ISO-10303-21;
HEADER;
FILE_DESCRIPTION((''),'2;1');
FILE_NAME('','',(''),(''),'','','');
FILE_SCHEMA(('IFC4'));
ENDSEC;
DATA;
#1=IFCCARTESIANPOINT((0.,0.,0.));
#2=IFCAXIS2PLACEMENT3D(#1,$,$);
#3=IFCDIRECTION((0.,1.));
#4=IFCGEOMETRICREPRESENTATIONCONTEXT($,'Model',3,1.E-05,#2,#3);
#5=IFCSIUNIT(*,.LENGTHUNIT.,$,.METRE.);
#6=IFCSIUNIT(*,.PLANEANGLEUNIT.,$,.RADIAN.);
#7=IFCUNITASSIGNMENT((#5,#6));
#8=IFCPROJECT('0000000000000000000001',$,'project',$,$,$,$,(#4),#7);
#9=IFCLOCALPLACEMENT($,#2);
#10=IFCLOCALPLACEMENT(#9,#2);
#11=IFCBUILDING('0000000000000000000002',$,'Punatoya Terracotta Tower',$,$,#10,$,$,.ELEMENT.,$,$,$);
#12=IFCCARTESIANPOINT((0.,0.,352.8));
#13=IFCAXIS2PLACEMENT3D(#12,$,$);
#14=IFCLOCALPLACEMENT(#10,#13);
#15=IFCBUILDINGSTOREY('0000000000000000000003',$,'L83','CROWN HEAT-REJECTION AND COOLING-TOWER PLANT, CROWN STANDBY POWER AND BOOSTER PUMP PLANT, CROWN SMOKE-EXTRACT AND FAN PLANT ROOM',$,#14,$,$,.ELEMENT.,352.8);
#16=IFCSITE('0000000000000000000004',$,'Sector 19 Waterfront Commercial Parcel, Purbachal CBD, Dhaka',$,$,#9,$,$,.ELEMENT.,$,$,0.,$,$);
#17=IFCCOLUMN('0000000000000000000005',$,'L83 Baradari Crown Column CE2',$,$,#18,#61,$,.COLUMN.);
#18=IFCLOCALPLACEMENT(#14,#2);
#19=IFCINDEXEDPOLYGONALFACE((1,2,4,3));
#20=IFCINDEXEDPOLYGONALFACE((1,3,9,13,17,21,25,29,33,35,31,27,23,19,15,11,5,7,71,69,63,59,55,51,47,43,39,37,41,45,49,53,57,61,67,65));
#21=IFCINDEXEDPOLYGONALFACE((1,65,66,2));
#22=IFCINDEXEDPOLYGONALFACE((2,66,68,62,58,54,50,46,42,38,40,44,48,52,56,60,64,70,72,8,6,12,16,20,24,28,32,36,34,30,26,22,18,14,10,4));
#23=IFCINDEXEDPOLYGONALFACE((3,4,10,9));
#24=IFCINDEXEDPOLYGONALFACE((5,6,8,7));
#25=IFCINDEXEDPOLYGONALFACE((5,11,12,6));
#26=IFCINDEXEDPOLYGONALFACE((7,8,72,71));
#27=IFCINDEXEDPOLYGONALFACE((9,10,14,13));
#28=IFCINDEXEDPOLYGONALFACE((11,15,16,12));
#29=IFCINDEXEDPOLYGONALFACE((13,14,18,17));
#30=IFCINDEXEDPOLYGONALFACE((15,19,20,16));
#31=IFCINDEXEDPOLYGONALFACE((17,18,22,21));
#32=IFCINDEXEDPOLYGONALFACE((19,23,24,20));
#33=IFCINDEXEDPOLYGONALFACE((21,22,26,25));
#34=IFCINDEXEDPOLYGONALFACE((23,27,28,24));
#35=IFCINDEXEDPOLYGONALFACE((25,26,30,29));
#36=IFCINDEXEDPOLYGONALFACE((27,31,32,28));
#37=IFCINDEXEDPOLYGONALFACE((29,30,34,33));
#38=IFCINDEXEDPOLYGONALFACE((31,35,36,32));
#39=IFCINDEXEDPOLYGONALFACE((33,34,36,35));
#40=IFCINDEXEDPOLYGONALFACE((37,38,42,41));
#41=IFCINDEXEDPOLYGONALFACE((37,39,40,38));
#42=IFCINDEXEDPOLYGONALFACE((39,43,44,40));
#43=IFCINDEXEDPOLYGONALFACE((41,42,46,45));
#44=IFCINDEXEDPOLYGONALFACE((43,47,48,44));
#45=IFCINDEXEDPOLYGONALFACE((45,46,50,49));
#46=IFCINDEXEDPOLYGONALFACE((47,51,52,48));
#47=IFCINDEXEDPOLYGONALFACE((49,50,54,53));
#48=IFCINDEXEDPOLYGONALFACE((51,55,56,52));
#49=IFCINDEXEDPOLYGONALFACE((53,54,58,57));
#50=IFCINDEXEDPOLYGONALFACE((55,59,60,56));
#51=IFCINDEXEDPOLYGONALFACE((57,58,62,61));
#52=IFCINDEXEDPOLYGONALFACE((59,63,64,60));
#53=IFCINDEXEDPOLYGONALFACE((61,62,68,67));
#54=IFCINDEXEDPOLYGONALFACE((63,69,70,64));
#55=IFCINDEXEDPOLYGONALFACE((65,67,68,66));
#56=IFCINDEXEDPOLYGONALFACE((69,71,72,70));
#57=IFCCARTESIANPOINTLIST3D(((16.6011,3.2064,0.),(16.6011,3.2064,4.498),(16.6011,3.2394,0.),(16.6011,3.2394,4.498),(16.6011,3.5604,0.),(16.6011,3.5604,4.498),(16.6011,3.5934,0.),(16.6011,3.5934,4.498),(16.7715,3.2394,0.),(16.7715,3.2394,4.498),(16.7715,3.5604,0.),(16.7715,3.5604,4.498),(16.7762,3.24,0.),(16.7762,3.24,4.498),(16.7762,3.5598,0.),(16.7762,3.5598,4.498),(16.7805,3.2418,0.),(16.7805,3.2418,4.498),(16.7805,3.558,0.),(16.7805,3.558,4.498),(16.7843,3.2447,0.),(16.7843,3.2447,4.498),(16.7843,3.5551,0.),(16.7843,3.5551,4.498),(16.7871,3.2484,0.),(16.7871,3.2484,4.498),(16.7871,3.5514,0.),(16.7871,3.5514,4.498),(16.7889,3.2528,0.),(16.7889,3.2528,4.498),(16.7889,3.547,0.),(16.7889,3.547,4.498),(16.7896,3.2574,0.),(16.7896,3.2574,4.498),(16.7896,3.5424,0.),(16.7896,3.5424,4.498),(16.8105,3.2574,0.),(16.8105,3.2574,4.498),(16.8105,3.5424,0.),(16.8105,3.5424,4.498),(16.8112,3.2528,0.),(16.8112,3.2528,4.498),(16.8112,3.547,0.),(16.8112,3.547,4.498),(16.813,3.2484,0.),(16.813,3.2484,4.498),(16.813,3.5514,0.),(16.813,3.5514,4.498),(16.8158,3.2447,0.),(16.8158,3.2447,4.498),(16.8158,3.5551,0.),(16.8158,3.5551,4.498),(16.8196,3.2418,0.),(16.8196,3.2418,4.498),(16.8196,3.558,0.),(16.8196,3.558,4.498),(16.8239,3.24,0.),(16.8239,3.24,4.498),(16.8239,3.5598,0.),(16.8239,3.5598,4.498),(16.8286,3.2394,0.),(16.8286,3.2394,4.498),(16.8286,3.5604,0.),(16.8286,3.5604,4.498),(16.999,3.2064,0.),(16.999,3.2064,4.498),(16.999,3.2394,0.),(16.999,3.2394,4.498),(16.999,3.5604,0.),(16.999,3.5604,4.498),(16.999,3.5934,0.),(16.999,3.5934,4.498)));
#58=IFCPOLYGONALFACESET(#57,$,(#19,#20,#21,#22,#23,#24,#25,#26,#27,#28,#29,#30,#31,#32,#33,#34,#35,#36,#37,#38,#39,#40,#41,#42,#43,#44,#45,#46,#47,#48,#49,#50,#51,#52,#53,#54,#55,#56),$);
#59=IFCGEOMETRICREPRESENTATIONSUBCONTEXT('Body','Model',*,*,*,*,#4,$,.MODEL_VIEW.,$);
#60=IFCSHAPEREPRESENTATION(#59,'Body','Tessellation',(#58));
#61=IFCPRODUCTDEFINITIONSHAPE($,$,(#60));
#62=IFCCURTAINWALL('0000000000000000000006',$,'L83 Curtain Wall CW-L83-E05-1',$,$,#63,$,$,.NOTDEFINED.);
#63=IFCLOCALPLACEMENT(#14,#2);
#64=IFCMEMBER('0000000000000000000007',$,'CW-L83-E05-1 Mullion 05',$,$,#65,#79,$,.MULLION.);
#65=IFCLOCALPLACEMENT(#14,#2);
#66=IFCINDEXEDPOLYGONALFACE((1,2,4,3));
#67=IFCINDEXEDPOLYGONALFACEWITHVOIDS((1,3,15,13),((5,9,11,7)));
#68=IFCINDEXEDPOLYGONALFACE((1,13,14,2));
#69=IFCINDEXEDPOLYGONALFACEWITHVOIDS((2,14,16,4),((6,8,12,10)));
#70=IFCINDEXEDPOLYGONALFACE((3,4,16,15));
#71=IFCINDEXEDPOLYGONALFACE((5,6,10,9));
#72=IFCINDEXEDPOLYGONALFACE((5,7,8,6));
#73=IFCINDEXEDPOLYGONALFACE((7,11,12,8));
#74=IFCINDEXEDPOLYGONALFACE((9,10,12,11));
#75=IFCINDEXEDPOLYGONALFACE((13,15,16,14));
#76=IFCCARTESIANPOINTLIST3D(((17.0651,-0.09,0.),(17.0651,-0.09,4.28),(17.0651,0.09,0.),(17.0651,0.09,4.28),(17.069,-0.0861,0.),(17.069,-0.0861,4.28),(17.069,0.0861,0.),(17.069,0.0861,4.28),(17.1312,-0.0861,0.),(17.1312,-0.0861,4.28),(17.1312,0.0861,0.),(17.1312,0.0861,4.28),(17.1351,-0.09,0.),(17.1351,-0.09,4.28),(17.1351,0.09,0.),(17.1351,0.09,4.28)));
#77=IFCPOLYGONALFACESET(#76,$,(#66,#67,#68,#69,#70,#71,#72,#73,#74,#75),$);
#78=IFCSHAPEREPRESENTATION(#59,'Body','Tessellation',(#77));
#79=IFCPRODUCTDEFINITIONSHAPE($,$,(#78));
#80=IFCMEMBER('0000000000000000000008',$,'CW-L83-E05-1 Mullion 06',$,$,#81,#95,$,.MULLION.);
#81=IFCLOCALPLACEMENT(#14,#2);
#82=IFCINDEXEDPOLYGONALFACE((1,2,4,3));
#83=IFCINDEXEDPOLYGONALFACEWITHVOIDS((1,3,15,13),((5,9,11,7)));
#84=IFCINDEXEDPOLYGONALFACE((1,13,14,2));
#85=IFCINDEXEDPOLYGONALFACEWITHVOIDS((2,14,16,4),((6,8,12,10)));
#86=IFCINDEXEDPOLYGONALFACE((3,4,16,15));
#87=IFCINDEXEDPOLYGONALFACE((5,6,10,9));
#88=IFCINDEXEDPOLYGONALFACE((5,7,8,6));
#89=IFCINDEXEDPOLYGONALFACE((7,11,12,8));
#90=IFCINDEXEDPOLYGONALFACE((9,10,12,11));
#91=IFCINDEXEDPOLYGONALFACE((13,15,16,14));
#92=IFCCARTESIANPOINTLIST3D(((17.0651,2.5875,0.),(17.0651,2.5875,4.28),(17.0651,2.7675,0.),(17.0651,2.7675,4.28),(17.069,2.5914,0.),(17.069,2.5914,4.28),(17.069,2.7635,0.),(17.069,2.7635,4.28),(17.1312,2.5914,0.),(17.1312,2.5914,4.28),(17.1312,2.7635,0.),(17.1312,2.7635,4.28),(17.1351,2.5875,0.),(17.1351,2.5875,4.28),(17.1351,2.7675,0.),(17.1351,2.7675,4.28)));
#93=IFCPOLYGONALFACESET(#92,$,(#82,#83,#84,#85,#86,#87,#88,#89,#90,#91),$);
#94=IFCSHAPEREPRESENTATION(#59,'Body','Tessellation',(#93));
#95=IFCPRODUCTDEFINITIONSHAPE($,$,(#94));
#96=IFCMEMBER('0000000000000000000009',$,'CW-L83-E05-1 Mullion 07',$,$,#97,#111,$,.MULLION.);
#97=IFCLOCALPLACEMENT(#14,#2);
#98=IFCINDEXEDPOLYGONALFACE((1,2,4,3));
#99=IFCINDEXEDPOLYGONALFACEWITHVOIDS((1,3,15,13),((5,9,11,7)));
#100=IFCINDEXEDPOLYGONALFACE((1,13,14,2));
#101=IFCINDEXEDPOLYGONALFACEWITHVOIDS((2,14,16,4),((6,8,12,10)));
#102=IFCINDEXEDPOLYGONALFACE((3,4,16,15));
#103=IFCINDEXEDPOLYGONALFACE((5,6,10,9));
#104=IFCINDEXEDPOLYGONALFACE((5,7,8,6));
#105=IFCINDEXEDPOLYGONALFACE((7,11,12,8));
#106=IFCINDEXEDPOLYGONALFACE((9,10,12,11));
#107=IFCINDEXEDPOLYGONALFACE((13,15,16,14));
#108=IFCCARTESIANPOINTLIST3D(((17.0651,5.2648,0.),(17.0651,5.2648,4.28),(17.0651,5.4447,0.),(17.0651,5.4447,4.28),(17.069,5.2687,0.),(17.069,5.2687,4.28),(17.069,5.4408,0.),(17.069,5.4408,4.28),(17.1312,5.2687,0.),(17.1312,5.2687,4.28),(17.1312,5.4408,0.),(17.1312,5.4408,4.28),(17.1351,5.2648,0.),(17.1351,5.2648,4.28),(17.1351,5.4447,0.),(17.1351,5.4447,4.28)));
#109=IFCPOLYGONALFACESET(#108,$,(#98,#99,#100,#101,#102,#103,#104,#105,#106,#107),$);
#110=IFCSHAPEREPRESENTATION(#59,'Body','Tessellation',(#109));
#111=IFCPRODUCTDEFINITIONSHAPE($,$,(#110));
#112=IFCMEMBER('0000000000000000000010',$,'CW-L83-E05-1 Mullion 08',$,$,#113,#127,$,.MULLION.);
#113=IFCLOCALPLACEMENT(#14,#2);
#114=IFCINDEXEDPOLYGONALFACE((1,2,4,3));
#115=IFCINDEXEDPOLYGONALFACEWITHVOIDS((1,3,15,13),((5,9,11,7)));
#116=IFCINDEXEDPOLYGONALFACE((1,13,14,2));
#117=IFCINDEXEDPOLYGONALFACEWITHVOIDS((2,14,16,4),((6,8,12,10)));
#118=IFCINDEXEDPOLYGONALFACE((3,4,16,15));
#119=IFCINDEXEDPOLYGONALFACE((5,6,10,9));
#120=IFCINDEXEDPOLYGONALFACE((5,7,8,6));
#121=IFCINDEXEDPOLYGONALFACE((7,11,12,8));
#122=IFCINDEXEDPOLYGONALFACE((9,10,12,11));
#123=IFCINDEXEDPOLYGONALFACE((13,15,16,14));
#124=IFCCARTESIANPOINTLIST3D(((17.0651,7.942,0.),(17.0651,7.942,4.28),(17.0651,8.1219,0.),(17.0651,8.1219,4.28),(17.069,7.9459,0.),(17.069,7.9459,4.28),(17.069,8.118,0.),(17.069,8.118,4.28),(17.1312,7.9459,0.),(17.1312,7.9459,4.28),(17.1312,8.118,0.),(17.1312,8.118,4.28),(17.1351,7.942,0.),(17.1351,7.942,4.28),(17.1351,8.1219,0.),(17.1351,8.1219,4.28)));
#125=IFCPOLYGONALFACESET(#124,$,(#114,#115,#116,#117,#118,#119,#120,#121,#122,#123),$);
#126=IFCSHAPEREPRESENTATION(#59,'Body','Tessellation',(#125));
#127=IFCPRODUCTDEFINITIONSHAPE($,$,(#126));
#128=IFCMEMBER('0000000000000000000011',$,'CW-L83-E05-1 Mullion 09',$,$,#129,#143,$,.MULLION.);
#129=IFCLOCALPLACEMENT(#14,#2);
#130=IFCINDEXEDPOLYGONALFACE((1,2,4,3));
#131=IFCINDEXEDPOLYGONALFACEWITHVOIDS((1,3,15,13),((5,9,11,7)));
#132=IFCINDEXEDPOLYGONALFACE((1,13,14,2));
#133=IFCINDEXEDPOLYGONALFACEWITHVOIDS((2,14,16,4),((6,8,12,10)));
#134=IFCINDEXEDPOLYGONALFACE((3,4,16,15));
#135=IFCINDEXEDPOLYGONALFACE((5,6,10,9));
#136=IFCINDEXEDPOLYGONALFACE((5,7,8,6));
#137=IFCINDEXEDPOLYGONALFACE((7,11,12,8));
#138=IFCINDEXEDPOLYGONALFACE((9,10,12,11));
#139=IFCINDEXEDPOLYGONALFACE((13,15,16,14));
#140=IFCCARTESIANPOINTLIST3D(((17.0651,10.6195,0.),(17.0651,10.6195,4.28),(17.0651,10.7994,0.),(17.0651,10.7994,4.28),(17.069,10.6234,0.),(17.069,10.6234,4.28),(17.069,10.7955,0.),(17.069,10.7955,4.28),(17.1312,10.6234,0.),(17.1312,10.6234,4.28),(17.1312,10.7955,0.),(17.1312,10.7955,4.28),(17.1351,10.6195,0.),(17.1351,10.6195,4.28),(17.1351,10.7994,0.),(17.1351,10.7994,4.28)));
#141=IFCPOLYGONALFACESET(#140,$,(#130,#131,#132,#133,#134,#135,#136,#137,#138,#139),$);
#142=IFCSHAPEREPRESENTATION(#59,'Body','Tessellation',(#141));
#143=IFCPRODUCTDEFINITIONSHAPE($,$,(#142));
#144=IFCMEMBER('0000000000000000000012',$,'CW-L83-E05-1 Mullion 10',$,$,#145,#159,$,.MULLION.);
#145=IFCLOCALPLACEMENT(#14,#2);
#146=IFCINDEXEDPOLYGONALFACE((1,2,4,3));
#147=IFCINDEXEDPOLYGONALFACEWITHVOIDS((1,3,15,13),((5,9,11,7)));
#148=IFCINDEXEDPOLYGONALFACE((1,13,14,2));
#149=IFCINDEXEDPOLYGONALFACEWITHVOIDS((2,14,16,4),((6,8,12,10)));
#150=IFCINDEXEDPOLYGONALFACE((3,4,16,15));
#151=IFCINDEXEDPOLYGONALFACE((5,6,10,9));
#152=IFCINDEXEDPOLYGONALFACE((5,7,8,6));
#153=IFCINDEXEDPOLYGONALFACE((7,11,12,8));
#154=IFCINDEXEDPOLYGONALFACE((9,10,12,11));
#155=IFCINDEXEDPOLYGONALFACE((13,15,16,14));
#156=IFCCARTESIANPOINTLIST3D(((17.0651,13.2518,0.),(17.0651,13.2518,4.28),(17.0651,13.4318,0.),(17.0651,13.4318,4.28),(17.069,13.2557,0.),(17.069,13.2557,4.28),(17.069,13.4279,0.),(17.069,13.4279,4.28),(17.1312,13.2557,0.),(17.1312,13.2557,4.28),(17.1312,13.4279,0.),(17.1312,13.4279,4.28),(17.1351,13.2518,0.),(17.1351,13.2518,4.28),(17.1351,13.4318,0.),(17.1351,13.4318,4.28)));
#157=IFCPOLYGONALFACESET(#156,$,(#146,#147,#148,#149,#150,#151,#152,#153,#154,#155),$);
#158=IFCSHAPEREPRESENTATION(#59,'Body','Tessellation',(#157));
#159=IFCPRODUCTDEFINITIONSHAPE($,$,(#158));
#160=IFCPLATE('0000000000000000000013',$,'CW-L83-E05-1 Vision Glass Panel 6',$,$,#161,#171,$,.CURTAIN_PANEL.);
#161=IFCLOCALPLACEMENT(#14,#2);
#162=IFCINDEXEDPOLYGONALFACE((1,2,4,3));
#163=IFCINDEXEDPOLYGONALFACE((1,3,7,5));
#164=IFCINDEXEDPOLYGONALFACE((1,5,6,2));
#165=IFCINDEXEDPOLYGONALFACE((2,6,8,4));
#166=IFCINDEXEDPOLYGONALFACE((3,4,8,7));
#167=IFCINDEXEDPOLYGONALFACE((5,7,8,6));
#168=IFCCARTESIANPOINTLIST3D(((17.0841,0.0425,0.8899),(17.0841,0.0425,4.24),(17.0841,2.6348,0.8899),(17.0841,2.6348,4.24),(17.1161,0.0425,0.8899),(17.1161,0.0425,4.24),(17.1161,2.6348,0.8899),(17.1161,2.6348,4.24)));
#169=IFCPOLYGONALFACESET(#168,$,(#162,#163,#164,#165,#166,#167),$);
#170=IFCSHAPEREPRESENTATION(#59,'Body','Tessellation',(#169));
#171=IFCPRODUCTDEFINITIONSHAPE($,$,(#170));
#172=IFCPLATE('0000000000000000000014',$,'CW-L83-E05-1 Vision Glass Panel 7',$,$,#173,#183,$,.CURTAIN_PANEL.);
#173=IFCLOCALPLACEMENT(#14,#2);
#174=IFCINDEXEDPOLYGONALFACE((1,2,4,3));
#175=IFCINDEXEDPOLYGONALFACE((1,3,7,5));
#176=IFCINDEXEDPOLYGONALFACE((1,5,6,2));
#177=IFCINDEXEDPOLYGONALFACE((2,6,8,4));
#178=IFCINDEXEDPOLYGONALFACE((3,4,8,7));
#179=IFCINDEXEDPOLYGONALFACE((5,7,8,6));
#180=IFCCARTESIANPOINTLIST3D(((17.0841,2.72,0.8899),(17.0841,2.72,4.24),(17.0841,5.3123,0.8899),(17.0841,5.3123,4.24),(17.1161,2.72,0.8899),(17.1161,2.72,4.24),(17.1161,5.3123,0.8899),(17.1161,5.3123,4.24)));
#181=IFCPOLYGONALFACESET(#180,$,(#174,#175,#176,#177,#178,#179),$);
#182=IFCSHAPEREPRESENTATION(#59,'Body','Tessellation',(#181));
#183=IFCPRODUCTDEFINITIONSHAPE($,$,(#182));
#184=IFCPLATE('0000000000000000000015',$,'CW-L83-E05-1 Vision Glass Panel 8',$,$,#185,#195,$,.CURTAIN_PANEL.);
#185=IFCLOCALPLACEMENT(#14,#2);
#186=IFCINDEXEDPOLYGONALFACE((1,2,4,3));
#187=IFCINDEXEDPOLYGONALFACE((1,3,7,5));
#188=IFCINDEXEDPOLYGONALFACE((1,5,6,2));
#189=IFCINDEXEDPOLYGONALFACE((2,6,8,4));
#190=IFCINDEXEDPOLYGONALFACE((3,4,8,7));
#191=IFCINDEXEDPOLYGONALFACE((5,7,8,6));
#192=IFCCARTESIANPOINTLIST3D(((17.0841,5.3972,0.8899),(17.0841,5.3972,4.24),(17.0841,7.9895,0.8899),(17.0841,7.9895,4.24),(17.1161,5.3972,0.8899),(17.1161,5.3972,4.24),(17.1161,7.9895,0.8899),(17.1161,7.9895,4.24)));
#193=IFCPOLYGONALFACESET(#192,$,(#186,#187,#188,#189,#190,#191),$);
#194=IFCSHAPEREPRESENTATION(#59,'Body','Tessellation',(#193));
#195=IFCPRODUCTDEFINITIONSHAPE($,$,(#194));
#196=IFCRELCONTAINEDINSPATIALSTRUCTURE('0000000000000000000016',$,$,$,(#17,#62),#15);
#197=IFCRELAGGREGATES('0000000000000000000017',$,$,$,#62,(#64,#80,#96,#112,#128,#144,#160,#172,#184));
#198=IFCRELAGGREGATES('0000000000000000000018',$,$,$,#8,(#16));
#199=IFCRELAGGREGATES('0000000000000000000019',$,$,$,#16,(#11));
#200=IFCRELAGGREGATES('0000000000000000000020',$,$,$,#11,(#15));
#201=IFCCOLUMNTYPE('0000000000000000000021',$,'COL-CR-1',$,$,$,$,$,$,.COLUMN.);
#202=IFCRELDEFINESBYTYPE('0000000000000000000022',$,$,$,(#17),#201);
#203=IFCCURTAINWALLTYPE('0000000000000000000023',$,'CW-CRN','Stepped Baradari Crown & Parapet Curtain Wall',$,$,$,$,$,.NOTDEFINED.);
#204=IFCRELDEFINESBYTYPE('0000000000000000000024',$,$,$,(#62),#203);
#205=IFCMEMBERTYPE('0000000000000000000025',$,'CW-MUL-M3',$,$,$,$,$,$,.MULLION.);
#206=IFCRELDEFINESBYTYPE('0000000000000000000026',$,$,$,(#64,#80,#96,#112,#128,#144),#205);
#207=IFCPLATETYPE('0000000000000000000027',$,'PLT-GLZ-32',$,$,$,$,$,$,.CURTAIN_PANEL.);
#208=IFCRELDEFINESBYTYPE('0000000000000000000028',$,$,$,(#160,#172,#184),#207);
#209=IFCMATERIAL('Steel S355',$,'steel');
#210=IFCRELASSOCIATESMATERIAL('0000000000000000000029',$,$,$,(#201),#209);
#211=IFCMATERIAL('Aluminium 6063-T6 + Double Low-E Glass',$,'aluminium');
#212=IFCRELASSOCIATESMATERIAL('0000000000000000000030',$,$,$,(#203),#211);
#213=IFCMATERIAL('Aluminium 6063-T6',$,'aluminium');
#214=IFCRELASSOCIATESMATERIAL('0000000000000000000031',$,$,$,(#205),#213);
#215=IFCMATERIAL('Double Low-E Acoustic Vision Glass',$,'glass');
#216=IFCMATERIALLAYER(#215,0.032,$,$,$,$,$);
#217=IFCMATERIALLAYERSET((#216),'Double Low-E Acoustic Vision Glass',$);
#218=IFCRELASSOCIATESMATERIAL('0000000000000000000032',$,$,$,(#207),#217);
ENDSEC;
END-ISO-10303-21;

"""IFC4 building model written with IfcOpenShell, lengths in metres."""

from ifc_helpers import new_model, si_unit, direction, frame, origin, origin_2d, place, context, subcontext, project, spatial, rectangle, hollow_rectangle, i_section, extrude, material, layer, layer_set, material_profile, profile_set, type_object, element, aggregate, save


model = new_model("IFC4")

# Units and contexts
model_context = context("Model", 3, precision=1e-05, world=origin(), true_north=direction((0.0, 1.0)))
body_context = subcontext(model_context, "Body", "Model", "MODEL_VIEW")
ifc_project = project(units=[si_unit("LENGTHUNIT", "METRE"), si_unit("PLANEANGLEUNIT", "RADIAN")], contexts=[model_context])

# Site, building, storey
site_placement = place(None, origin())
site = spatial("IfcSite", under=ifc_project, at=site_placement, Name="Sector 19 Waterfront Commercial Parcel, Purbachal CBD, Dhaka", CompositionType="ELEMENT", RefElevation=0.0)
building_placement = place(site_placement, origin())
building = spatial("IfcBuilding", under=site, at=building_placement, Name="Punatoya Terracotta Tower", CompositionType="ELEMENT")
storey_placement = place(building_placement, frame((0.0, 0.0, 352.8)))
storey = spatial("IfcBuildingStorey", under=building, at=storey_placement, Name="L83", Description="CROWN HEAT-REJECTION AND COOLING-TOWER PLANT, CROWN STANDBY POWER AND BOOSTER PUMP PLANT, CROWN SMOKE-EXTRACT AND FAN PLANT ROOM", CompositionType="ELEMENT", Elevation=352.8)

# Column
ifc_material_1 = material(Name="Steel S355", Category="steel")
ifc_material_profile_1 = material_profile(ifc_material_1, i_section(OverallWidth=0.3979, OverallDepth=0.387, WebThickness=0.021, FlangeThickness=0.033, FilletRadius=0.0181, at=origin_2d()))
ifc_profile_set_1 = profile_set([ifc_material_profile_1], Name="Steel S355")
column_type = type_object("IfcColumnType", Name="COL-CR-1", PredefinedType="COLUMN", material=ifc_profile_set_1)
column_placement = place(storey_placement, frame((16.8, 3.3999, 0.0), z_axis=(0.0, 0.0, 1.0), x_axis=(1.0, 0.0, 0.0)))
element("IfcColumn", 1, at=column_placement, inside=storey, type_object=column_type, Name="L83 Baradari Crown Column CE2", PredefinedType="COLUMN", context=body_context, shape_type="SweptSolid", body=[
    extrude(i_section(OverallWidth=0.3979, OverallDepth=0.387, WebThickness=0.021, FlangeThickness=0.033, FilletRadius=0.0181, at=origin_2d()), origin(), (0.0, 0.0, 1.0), 4.498),
])

# Curtain wall, members, plates
ifc_material_2 = material(Name="Aluminium 6063-T6 + Double Low-E Glass", Category="aluminium")
curtain_wall_type = type_object("IfcCurtainWallType", Name="CW-CRN", Description="Stepped Baradari Crown & Parapet Curtain Wall", PredefinedType="NOTDEFINED", material=ifc_material_2)
curtain_wall_placement = place(storey_placement, origin())
curtain_wall = element("IfcCurtainWall", 2, at=curtain_wall_placement, inside=storey, type_object=curtain_wall_type, Name="L83 Curtain Wall CW-L83-E05-1", PredefinedType="NOTDEFINED")
ifc_material_3 = material(Name="Aluminium 6063-T6", Category="aluminium")
ifc_material_profile_2 = material_profile(ifc_material_3, hollow_rectangle(XDim=0.0701, YDim=0.1799, WallThickness=0.0039, at=origin_2d()))
ifc_profile_set_2 = profile_set([ifc_material_profile_2], Name="Aluminium 6063-T6")
member_type = type_object("IfcMemberType", Name="CW-MUL-M3", PredefinedType="MULLION", material=ifc_profile_set_2)
member_1_placement = place(storey_placement, frame((17.1001, 0.0, 0.0), z_axis=(0.0, 0.0, 1.0), x_axis=(1.0, 0.0, 0.0)))
member_1 = element("IfcMember", 3, at=member_1_placement, type_object=member_type, Name="CW-L83-E05-1 Mullion 05", PredefinedType="MULLION", context=body_context, shape_type="SweptSolid", body=[
    extrude(hollow_rectangle(XDim=0.0701, YDim=0.1799, WallThickness=0.0039, at=origin_2d()), origin(), (0.0, 0.0, 1.0), 4.28),
])
member_2_placement = place(storey_placement, frame((17.1001, 2.6775, 0.0), z_axis=(0.0, 0.0, 1.0), x_axis=(1.0, 0.0, 0.0)))
member_2 = element("IfcMember", 4, at=member_2_placement, type_object=member_type, Name="CW-L83-E05-1 Mullion 06", PredefinedType="MULLION", context=body_context, shape_type="SweptSolid", body=[
    extrude(hollow_rectangle(XDim=0.0701, YDim=0.1799, WallThickness=0.0039, at=origin_2d()), origin(), (0.0, 0.0, 1.0), 4.28),
])
member_3_placement = place(storey_placement, frame((17.1001, 5.3547, 0.0), z_axis=(0.0, 0.0, 1.0), x_axis=(1.0, 0.0, 0.0)))
member_3 = element("IfcMember", 5, at=member_3_placement, type_object=member_type, Name="CW-L83-E05-1 Mullion 07", PredefinedType="MULLION", context=body_context, shape_type="SweptSolid", body=[
    extrude(hollow_rectangle(XDim=0.0701, YDim=0.1799, WallThickness=0.0039, at=origin_2d()), origin(), (0.0, 0.0, 1.0), 4.28),
])
member_4_placement = place(storey_placement, frame((17.1001, 8.032, 0.0), z_axis=(0.0, 0.0, 1.0), x_axis=(1.0, 0.0, 0.0)))
member_4 = element("IfcMember", 6, at=member_4_placement, type_object=member_type, Name="CW-L83-E05-1 Mullion 08", PredefinedType="MULLION", context=body_context, shape_type="SweptSolid", body=[
    extrude(hollow_rectangle(XDim=0.0701, YDim=0.1799, WallThickness=0.0039, at=origin_2d()), origin(), (0.0, 0.0, 1.0), 4.28),
])
member_5_placement = place(storey_placement, frame((17.1001, 10.7095, 0.0), z_axis=(0.0, 0.0, 1.0), x_axis=(1.0, 0.0, 0.0)))
member_5 = element("IfcMember", 7, at=member_5_placement, type_object=member_type, Name="CW-L83-E05-1 Mullion 09", PredefinedType="MULLION", context=body_context, shape_type="SweptSolid", body=[
    extrude(hollow_rectangle(XDim=0.0701, YDim=0.1799, WallThickness=0.0039, at=origin_2d()), origin(), (0.0, 0.0, 1.0), 4.28),
])
member_6_placement = place(storey_placement, frame((17.1001, 13.3418, 0.0), z_axis=(0.0, 0.0, 1.0), x_axis=(1.0, 0.0, 0.0)))
member_6 = element("IfcMember", 8, at=member_6_placement, type_object=member_type, Name="CW-L83-E05-1 Mullion 10", PredefinedType="MULLION", context=body_context, shape_type="SweptSolid", body=[
    extrude(hollow_rectangle(XDim=0.0701, YDim=0.1799, WallThickness=0.0039, at=origin_2d()), origin(), (0.0, 0.0, 1.0), 4.28),
])
ifc_material_4 = material(Name="Double Low-E Acoustic Vision Glass", Category="glass")
ifc_layer_1 = layer(ifc_material_4, 0.032)
ifc_layer_set_1 = layer_set([ifc_layer_1], Name="Double Low-E Acoustic Vision Glass")
plate_type_1 = type_object("IfcPlateType", Name="PLT-GLZ-32", PredefinedType="CURTAIN_PANEL", material=ifc_layer_set_1)
plate_1_placement = place(storey_placement, frame((17.1001, 1.3386, 0.8899), z_axis=(0.0, 0.0, 1.0), x_axis=(0.0, 1.0, 0.0)))
plate_1 = element("IfcPlate", 9, at=plate_1_placement, type_object=plate_type_1, Name="CW-L83-E05-1 Vision Glass Panel 6", PredefinedType="CURTAIN_PANEL", context=body_context, shape_type="SweptSolid", body=[
    extrude(rectangle(XDim=2.5923, YDim=0.032, at=origin_2d()), origin(), (0.0, 0.0, 1.0), 3.3501),
])
plate_2_placement = place(storey_placement, frame((17.1001, 4.0161, 0.8899), z_axis=(0.0, 0.0, 1.0), x_axis=(0.0, 1.0, 0.0)))
plate_2 = element("IfcPlate", 10, at=plate_2_placement, type_object=plate_type_1, Name="CW-L83-E05-1 Vision Glass Panel 7", PredefinedType="CURTAIN_PANEL", context=body_context, shape_type="SweptSolid", body=[
    extrude(rectangle(XDim=2.5923, YDim=0.032, at=origin_2d()), origin(), (0.0, 0.0, 1.0), 3.3501),
])
plate_3_placement = place(storey_placement, frame((17.1001, 6.6934, 0.8899), z_axis=(0.0, 0.0, 1.0), x_axis=(0.0, 1.0, 0.0)))
plate_3 = element("IfcPlate", 11, at=plate_3_placement, type_object=plate_type_1, Name="CW-L83-E05-1 Vision Glass Panel 8", PredefinedType="CURTAIN_PANEL", context=body_context, shape_type="SweptSolid", body=[
    extrude(rectangle(XDim=2.5923, YDim=0.032, at=origin_2d()), origin(), (0.0, 0.0, 1.0), 3.3501),
])
aggregate(curtain_wall, [member_1, member_2, member_3, member_4, member_5, member_6, plate_1, plate_2, plate_3])

save(model, "model.ifc")
